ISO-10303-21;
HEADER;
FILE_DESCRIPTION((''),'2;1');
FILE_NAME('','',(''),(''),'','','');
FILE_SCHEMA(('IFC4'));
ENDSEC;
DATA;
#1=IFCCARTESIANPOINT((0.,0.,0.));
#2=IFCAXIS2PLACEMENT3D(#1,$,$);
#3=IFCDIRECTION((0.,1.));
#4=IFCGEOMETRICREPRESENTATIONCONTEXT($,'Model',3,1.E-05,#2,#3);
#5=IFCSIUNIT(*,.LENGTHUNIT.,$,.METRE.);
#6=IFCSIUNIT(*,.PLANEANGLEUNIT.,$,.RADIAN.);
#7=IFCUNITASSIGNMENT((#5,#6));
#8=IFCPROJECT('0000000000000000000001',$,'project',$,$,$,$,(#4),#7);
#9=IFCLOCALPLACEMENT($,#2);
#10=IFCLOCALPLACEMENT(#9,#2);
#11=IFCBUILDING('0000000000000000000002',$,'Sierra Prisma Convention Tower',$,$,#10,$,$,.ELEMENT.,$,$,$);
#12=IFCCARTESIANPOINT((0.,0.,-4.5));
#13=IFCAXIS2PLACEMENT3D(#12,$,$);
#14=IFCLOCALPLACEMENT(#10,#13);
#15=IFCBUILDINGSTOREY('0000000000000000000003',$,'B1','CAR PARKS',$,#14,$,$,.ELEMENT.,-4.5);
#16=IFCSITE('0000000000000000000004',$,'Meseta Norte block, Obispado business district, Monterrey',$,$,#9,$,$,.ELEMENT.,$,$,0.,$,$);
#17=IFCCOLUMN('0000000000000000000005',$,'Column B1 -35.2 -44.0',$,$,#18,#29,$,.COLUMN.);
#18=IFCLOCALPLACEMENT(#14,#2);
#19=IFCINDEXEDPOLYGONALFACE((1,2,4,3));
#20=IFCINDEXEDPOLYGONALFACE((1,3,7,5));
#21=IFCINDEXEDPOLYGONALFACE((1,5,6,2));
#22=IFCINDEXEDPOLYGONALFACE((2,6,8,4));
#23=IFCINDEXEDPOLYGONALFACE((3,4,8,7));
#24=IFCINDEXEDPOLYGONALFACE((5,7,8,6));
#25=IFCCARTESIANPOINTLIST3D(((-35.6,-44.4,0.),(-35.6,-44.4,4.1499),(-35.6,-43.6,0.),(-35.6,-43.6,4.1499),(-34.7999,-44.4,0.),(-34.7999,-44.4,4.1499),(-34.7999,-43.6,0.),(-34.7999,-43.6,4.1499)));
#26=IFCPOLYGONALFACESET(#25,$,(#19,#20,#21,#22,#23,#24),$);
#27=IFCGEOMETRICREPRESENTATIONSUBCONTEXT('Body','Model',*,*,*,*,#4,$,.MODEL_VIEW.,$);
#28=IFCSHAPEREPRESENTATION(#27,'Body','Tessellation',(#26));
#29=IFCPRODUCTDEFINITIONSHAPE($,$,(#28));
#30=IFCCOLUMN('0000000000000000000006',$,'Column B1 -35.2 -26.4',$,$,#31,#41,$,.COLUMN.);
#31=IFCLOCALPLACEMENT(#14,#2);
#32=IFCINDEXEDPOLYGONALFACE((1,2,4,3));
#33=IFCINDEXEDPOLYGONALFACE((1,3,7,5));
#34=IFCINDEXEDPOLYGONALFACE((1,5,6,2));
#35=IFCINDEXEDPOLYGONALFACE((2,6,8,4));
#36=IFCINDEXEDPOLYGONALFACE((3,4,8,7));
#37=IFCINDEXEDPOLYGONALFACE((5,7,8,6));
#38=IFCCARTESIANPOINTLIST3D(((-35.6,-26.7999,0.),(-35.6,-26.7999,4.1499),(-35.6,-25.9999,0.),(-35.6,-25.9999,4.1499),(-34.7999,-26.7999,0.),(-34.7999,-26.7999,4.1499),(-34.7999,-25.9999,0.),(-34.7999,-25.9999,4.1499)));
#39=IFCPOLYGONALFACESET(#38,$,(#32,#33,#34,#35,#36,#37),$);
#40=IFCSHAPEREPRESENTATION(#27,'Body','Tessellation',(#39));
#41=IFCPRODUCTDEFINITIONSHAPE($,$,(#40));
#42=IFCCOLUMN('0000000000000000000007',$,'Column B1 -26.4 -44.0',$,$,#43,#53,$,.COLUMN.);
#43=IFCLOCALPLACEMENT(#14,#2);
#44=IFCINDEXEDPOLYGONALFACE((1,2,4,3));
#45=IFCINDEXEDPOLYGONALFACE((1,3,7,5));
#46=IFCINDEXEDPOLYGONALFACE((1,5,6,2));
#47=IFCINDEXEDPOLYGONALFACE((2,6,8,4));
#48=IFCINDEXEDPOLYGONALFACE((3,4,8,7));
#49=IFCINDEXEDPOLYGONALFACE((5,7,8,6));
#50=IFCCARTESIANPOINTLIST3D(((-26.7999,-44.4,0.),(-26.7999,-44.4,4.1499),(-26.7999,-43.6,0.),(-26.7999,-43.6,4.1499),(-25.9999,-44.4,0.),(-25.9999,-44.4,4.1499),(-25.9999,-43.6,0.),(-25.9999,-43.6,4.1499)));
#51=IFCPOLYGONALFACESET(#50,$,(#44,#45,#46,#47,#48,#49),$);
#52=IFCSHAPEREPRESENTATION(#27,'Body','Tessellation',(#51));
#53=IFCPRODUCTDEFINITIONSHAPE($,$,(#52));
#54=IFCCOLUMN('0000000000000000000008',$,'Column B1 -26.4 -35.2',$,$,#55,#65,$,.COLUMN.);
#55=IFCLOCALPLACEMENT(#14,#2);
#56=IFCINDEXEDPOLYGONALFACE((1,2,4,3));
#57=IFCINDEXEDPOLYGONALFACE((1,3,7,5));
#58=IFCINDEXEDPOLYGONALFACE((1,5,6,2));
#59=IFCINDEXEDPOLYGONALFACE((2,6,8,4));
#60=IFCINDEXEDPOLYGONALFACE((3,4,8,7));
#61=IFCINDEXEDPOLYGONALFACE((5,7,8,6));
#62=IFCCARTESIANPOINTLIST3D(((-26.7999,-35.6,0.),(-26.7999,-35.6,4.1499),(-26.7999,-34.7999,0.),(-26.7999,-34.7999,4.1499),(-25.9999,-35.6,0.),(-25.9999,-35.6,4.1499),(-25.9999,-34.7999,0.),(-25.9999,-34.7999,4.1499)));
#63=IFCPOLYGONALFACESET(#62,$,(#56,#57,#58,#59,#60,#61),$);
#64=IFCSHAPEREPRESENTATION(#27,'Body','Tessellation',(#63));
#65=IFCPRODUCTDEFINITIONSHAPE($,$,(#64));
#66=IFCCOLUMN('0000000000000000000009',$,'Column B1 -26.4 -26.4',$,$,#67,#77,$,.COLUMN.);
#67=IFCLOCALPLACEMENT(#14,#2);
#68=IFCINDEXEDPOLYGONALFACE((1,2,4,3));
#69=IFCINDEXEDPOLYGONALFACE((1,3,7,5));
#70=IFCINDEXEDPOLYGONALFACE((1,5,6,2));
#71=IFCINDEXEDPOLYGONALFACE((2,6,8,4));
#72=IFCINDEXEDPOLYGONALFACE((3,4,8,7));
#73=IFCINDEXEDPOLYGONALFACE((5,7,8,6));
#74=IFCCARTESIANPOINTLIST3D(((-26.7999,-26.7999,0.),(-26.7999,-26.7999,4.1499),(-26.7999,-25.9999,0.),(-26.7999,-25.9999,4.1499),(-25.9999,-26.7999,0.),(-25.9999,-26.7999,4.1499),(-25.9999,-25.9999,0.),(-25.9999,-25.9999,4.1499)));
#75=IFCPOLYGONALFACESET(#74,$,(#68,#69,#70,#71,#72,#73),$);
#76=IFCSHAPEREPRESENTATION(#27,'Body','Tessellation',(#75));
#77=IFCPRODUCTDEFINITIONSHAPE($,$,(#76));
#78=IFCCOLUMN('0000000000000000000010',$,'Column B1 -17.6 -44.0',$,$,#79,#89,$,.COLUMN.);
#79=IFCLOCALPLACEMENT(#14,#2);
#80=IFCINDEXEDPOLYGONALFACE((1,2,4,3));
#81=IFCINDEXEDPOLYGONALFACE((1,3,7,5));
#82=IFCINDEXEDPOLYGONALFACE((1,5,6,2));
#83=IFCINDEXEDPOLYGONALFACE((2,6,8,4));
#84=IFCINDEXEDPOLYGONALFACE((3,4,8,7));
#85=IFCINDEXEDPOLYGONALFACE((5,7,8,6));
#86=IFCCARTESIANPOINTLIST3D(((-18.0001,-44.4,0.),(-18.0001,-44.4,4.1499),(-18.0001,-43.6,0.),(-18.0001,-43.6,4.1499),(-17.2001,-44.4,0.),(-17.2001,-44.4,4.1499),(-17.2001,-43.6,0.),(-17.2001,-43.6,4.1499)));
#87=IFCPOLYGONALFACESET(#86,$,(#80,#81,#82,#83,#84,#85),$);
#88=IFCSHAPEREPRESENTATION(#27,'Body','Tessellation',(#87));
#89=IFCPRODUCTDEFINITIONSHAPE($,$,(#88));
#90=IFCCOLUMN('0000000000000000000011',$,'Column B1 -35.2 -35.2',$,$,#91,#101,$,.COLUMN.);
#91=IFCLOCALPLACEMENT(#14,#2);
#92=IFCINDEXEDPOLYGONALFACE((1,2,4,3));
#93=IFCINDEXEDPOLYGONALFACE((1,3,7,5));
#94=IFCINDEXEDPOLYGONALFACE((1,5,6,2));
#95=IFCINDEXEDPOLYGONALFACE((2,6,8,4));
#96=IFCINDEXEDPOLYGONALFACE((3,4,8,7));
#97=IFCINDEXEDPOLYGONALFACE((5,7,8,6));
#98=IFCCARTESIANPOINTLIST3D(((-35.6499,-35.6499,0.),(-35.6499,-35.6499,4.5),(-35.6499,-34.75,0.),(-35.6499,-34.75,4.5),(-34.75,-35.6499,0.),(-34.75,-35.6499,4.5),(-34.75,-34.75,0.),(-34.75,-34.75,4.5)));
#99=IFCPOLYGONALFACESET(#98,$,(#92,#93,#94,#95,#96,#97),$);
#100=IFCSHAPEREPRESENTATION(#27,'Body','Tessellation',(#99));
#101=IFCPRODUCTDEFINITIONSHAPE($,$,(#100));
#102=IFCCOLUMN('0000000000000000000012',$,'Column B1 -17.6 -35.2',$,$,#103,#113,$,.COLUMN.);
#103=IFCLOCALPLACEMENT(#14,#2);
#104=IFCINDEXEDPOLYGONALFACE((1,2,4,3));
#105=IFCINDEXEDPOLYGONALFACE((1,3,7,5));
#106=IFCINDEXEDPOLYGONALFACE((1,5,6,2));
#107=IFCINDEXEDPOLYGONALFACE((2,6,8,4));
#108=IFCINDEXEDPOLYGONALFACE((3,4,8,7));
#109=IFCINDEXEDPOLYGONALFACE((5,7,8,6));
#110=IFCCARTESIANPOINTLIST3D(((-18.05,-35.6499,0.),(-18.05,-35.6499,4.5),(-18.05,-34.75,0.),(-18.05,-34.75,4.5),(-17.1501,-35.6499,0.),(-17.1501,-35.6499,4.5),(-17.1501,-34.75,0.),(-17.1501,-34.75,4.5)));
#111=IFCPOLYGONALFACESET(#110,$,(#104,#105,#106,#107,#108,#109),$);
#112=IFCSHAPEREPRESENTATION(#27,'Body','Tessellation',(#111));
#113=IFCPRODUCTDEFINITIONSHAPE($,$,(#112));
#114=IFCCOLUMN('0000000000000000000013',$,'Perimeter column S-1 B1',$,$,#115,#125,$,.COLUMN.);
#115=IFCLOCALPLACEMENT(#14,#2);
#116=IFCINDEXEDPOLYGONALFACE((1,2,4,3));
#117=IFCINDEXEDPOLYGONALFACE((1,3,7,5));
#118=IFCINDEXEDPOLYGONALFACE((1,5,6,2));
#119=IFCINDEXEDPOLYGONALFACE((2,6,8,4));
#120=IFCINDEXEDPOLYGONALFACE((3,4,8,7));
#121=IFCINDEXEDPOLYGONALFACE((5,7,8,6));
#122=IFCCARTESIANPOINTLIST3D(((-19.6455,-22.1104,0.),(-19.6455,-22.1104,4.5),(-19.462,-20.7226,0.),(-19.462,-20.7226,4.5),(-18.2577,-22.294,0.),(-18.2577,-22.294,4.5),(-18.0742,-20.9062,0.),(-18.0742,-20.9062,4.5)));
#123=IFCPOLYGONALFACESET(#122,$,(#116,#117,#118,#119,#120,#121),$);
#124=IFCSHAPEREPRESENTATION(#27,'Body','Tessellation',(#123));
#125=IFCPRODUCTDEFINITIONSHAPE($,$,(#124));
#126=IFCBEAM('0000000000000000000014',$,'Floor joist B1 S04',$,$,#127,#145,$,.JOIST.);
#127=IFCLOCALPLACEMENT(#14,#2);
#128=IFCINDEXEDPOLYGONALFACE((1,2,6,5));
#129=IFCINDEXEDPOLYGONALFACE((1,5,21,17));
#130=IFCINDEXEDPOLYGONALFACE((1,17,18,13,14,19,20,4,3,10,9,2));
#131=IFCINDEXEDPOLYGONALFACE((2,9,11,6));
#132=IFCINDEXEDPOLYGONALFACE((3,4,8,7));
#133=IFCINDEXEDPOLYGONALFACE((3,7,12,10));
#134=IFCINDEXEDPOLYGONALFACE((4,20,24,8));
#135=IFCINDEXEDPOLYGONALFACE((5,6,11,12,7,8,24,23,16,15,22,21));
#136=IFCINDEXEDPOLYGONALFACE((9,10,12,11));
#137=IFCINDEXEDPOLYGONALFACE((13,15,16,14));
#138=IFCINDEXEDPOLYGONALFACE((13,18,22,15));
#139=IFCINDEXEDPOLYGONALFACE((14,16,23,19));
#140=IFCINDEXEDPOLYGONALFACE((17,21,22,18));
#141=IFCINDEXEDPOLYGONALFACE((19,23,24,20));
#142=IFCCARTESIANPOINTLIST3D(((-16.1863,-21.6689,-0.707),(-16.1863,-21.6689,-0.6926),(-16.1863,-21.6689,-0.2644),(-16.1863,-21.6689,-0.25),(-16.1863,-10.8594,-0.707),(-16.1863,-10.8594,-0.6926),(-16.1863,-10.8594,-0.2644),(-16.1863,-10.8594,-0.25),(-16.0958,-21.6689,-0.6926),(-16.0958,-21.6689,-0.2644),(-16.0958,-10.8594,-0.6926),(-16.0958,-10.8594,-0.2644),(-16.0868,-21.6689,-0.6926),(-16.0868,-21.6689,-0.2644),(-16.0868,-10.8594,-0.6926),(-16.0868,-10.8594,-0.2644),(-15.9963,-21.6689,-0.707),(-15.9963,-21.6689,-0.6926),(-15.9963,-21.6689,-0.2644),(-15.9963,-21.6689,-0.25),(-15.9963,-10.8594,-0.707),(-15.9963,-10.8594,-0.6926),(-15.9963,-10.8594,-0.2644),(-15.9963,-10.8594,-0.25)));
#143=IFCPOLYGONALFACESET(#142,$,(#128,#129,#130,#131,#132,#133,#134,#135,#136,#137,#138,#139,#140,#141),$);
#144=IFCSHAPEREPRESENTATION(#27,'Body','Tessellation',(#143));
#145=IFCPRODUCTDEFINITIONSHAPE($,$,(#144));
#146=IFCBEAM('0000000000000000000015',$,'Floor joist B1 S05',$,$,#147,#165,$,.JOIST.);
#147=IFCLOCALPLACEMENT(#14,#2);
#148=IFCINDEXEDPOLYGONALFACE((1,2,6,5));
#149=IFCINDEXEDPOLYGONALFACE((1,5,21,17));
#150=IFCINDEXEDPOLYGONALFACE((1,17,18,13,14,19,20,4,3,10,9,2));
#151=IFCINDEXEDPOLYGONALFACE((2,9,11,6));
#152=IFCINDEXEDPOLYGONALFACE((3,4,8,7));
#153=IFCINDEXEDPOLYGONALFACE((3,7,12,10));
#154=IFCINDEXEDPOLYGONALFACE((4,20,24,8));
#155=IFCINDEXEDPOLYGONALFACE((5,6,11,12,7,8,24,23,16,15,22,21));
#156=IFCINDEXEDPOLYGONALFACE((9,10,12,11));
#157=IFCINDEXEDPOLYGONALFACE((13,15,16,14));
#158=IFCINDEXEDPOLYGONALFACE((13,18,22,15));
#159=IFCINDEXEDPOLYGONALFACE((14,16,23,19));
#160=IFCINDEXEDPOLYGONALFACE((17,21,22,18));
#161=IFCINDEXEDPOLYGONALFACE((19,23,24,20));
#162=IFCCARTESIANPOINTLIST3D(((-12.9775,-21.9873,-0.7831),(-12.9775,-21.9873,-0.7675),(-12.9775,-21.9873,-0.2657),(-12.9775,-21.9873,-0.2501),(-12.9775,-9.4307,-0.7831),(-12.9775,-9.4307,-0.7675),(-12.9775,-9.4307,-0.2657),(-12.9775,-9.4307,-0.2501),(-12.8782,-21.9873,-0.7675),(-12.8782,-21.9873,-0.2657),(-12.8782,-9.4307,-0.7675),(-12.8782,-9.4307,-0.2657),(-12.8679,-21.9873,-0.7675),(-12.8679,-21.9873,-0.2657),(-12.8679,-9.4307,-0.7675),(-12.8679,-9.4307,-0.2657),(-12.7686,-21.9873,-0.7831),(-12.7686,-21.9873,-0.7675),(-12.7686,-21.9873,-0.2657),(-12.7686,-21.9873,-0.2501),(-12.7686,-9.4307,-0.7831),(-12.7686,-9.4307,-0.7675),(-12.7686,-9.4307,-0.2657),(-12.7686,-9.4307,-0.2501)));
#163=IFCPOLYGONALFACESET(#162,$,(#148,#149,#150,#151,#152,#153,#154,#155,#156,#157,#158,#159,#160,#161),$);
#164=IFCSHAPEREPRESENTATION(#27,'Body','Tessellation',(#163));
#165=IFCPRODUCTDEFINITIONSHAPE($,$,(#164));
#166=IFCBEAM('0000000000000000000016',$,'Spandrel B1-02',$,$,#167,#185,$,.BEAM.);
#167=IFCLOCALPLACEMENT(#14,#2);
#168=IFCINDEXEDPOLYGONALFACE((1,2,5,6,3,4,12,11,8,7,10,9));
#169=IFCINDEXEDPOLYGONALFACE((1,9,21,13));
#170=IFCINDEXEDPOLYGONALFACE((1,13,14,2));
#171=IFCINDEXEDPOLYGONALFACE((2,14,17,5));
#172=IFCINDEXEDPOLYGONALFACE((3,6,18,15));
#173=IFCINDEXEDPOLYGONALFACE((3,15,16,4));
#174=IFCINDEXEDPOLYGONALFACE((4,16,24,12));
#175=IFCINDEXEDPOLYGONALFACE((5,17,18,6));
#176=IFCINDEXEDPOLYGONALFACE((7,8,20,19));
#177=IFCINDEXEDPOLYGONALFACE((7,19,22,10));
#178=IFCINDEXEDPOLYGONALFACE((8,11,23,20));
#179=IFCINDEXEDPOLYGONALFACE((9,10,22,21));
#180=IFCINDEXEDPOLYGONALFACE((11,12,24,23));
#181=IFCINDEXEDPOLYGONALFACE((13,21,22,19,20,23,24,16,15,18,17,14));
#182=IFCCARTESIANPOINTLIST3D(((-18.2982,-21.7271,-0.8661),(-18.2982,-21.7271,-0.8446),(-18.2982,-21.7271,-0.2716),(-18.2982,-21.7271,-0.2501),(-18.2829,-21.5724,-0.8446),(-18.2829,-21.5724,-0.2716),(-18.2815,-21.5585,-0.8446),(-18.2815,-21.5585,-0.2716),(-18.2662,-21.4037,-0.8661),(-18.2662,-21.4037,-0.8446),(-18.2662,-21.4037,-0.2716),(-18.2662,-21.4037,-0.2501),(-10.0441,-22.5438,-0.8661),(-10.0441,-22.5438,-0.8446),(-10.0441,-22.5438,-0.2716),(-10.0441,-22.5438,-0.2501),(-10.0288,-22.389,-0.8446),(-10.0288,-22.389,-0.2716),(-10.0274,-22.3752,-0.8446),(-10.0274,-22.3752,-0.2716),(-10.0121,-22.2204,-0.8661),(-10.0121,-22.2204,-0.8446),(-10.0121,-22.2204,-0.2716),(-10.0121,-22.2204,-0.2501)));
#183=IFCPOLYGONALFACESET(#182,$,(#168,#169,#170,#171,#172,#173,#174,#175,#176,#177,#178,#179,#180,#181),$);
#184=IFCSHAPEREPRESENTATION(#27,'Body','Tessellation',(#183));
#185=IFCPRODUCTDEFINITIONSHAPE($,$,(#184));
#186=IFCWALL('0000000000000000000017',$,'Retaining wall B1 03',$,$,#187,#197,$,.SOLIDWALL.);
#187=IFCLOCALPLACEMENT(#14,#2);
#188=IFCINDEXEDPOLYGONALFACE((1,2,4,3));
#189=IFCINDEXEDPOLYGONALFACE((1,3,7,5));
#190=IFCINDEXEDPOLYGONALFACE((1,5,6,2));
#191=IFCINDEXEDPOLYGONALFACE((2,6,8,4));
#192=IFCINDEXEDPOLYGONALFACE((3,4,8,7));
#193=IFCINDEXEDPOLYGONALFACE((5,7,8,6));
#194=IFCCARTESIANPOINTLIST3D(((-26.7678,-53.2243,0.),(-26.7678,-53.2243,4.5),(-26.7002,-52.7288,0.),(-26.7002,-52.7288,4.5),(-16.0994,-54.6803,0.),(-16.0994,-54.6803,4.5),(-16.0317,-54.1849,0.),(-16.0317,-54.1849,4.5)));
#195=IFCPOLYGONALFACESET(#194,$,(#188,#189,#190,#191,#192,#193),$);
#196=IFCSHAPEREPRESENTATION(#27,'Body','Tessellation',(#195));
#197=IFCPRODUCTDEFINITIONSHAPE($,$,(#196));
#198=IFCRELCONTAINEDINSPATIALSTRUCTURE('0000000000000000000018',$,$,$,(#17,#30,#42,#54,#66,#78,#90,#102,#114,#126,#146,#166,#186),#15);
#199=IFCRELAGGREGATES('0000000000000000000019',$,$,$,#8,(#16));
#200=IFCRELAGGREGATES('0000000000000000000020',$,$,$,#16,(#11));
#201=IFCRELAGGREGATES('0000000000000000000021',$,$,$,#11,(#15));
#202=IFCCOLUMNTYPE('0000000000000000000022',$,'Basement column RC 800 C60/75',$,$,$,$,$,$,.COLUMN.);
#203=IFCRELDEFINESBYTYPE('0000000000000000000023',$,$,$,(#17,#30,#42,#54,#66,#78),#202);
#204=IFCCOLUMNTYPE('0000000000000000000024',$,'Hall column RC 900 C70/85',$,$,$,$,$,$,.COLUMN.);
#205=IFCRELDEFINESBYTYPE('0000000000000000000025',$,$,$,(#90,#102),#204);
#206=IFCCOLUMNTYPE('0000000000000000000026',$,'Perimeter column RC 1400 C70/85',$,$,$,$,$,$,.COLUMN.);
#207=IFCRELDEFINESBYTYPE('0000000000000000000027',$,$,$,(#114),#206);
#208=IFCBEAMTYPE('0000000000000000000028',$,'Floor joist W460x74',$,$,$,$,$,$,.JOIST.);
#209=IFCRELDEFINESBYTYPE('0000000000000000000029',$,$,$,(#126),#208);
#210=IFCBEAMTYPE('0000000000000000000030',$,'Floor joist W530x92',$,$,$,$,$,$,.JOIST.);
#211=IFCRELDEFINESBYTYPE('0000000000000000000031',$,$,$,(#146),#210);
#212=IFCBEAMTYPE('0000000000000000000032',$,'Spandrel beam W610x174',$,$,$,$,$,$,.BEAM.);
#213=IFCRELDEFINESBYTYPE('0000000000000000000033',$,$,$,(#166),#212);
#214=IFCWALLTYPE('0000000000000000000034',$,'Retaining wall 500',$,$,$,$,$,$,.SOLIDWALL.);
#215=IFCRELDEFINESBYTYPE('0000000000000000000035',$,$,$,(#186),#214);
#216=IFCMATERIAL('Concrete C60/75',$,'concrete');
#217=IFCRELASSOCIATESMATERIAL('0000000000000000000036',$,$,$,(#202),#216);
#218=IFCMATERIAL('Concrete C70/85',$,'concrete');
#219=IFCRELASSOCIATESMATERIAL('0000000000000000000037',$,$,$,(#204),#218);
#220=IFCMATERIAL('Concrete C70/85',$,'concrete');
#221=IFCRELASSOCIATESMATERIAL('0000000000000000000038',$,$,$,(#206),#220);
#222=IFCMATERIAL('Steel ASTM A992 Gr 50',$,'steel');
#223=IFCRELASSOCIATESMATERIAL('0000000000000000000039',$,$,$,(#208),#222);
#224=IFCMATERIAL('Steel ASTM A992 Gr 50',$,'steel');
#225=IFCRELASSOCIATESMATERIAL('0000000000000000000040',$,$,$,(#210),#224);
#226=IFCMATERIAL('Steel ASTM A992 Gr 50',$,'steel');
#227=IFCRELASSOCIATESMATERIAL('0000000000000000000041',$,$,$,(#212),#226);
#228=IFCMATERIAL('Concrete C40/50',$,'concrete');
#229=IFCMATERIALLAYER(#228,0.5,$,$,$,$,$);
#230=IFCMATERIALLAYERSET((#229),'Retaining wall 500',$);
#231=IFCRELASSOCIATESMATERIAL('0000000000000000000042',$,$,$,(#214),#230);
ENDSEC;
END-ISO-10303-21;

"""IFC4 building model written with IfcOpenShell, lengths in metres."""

from ifc_helpers import new_model, si_unit, direction, frame, frame_2d, origin, origin_2d, place, context, subcontext, project, spatial, rectangle, i_section, extrude, material, layer, layer_set, material_profile, profile_set, type_object, element, save


model = new_model("IFC4")

# Units and contexts
model_context = context("Model", 3, precision=1e-05, world=origin(), true_north=direction((0.0, 1.0)))
body_context = subcontext(model_context, "Body", "Model", "MODEL_VIEW")
ifc_project = project(units=[si_unit("LENGTHUNIT", "METRE"), si_unit("PLANEANGLEUNIT", "RADIAN")], contexts=[model_context])

# Site, building, storey
site_placement = place(None, origin())
site = spatial("IfcSite", under=ifc_project, at=site_placement, Name="Meseta Norte block, Obispado business district, Monterrey", CompositionType="ELEMENT", RefElevation=0.0)
building_placement = place(site_placement, origin())
building = spatial("IfcBuilding", under=site, at=building_placement, Name="Sierra Prisma Convention Tower", CompositionType="ELEMENT")
storey_placement = place(building_placement, frame((0.0, 0.0, -4.5)))
storey = spatial("IfcBuildingStorey", under=building, at=storey_placement, Name="B1", Description="CAR PARKS", CompositionType="ELEMENT", Elevation=-4.5)

# Columns
ifc_material_1 = material(Name="Concrete C60/75", Category="concrete")
ifc_material_profile_1 = material_profile(ifc_material_1, rectangle(XDim=0.8, YDim=0.8, at=origin_2d()), Name="Basement column RC 800 C60/75")
ifc_profile_set_1 = profile_set([ifc_material_profile_1], Name="Concrete C60/75")
column_type_1 = type_object("IfcColumnType", Name="Basement column RC 800 C60/75", PredefinedType="COLUMN", material=ifc_profile_set_1)
for number, where, z_axis, x_axis, name in (
    (1, (-35.2, -44.0, 0.0), (0.0, 0.0, 1.0), (1.0, 0.0, 0.0), "Column B1 -35.2 -44.0"),
    (2, (-35.2, -26.3999, 0.0), (0.0, 0.0, 1.0), (1.0, 0.0, 0.0), "Column B1 -35.2 -26.4"),
    (3, (-26.3999, -44.0, 0.0), (0.0, 0.0, 1.0), (1.0, 0.0, 0.0), "Column B1 -26.4 -44.0"),
    (4, (-26.3999, -35.2, 0.0), (0.0, 0.0, 1.0), (1.0, 0.0, 0.0), "Column B1 -26.4 -35.2"),
    (5, (-26.3999, -26.3999, 0.0), (0.0, 0.0, 1.0), (1.0, 0.0, 0.0), "Column B1 -26.4 -26.4"),
    (6, (-17.6001, -44.0, 0.0), (0.0, 0.0, 1.0), (1.0, 0.0, 0.0), "Column B1 -17.6 -44.0"),
):
    element("IfcColumn", number, at=place(storey_placement, frame(where, z_axis=z_axis, x_axis=x_axis)), inside=storey, type_object=column_type_1, Name=name, PredefinedType="COLUMN", context=body_context, shape_type="SweptSolid", body=[
        extrude(rectangle(XDim=0.8, YDim=0.8, at=origin_2d()), origin(), (0.0, 0.0, 1.0), 4.1499),
    ])
ifc_material_2 = material(Name="Concrete C70/85", Category="concrete")
ifc_material_profile_2 = material_profile(ifc_material_2, rectangle(XDim=0.8999, YDim=0.8999, at=origin_2d()), Name="Hall column RC 900 C70/85")
ifc_profile_set_2 = profile_set([ifc_material_profile_2], Name="Concrete C70/85")
column_type_2 = type_object("IfcColumnType", Name="Hall column RC 900 C70/85", PredefinedType="COLUMN", material=ifc_profile_set_2)
for number, where, z_axis, x_axis, name in (
    (7, (-35.2, -35.2, 0.0), (0.0, 0.0, 1.0), (1.0, 0.0, 0.0), "Column B1 -35.2 -35.2"),
    (8, (-17.6001, -35.2, 0.0), (0.0, 0.0, 1.0), (1.0, 0.0, 0.0), "Column B1 -17.6 -35.2"),
):
    element("IfcColumn", number, at=place(storey_placement, frame(where, z_axis=z_axis, x_axis=x_axis)), inside=storey, type_object=column_type_2, Name=name, PredefinedType="COLUMN", context=body_context, shape_type="SweptSolid", body=[
        extrude(rectangle(XDim=0.8999, YDim=0.8999, at=origin_2d()), origin(), (0.0, 0.0, 1.0), 4.5),
    ])
ifc_material_3 = material(Name="Concrete C70/85", Category="concrete")
ifc_material_profile_3 = material_profile(ifc_material_3, rectangle(XDim=1.3999, YDim=1.3999, at=origin_2d()), Name="Perimeter column RC 1400 C70/85")
ifc_profile_set_3 = profile_set([ifc_material_profile_3], Name="Concrete C70/85")
column_type_3 = type_object("IfcColumnType", Name="Perimeter column RC 1400 C70/85", PredefinedType="COLUMN", material=ifc_profile_set_3)
column_placement = place(storey_placement, frame((-18.8599, -21.5083, 0.0), z_axis=(0.0, 0.0, 1.0), x_axis=(-0.991367, 0.131115, 0.0)))
element("IfcColumn", 9, at=column_placement, inside=storey, type_object=column_type_3, Name="Perimeter column S-1 B1", PredefinedType="COLUMN", context=body_context, shape_type="SweptSolid", body=[
    extrude(rectangle(XDim=1.3999, YDim=1.3999, at=origin_2d()), origin(), (0.0, 0.0, 1.0), 4.5),
])

# Beams
ifc_material_4 = material(Name="Steel ASTM A992 Gr 50", Category="steel")
ifc_material_profile_4 = material_profile(ifc_material_4, i_section(OverallWidth=0.1899, OverallDepth=0.457, WebThickness=0.009, FlangeThickness=0.0144, at=origin_2d()), Name="W460x74")
ifc_profile_set_4 = profile_set([ifc_material_profile_4], Name="Steel ASTM A992 Gr 50")
beam_type_1 = type_object("IfcBeamType", Name="Floor joist W460x74", PredefinedType="JOIST", material=ifc_profile_set_4)
beam_1_placement = place(storey_placement, frame((-16.0913, -21.6689, -0.4785), z_axis=(0.0, 1.0, 0.0), x_axis=(-1.0, 0.0, 0.0)))
element("IfcBeam", 10, at=beam_1_placement, inside=storey, type_object=beam_type_1, Name="Floor joist B1 S04", PredefinedType="JOIST", context=body_context, shape_type="SweptSolid", body=[
    extrude(i_section(OverallWidth=0.1899, OverallDepth=0.457, WebThickness=0.009, FlangeThickness=0.0144, at=origin_2d()), origin(), (0.0, 0.0, 1.0), 10.8096),
])
ifc_material_5 = material(Name="Steel ASTM A992 Gr 50", Category="steel")
ifc_material_profile_5 = material_profile(ifc_material_5, i_section(OverallWidth=0.209, OverallDepth=0.533, WebThickness=0.0103, FlangeThickness=0.0156, at=origin_2d()), Name="W530x92")
ifc_profile_set_5 = profile_set([ifc_material_profile_5], Name="Steel ASTM A992 Gr 50")
beam_type_2 = type_object("IfcBeamType", Name="Floor joist W530x92", PredefinedType="JOIST", material=ifc_profile_set_5)
beam_2_placement = place(storey_placement, frame((-12.873, -21.9873, -0.5166), z_axis=(0.0, 1.0, 0.0), x_axis=(-1.0, 0.0, 0.0)))
element("IfcBeam", 11, at=beam_2_placement, inside=storey, type_object=beam_type_2, Name="Floor joist B1 S05", PredefinedType="JOIST", context=body_context, shape_type="SweptSolid", body=[
    extrude(i_section(OverallWidth=0.209, OverallDepth=0.533, WebThickness=0.0103, FlangeThickness=0.0156, at=origin_2d()), origin(), (0.0, 0.0, 1.0), 12.5566),
])
ifc_material_6 = material(Name="Steel ASTM A992 Gr 50", Category="steel")
ifc_material_profile_6 = material_profile(ifc_material_6, i_section(OverallWidth=0.325, OverallDepth=0.616, WebThickness=0.0139, FlangeThickness=0.0215, at=origin_2d()), Name="W610x174")
ifc_profile_set_6 = profile_set([ifc_material_profile_6], Name="Steel ASTM A992 Gr 50")
beam_type_3 = type_object("IfcBeamType", Name="Spandrel beam W610x174", PredefinedType="BEAM", material=ifc_profile_set_6)
beam_3_placement = place(storey_placement, frame((-18.2822, -21.5654, -0.5581), z_axis=(0.995141, -0.098457, 0.0), x_axis=(0.098457, 0.995141, 0.0)))
element("IfcBeam", 12, at=beam_3_placement, inside=storey, type_object=beam_type_3, Name="Spandrel B1-02", PredefinedType="BEAM", context=body_context, shape_type="SweptSolid", body=[
    extrude(i_section(OverallWidth=0.325, OverallDepth=0.616, WebThickness=0.0139, FlangeThickness=0.0215, at=origin_2d()), origin(), (0.0, 0.0, 1.0), 8.2944),
])

# Wall
ifc_material_7 = material(Name="Concrete C40/50", Category="concrete")
ifc_layer = layer(ifc_material_7, 0.5)
ifc_layer_set = layer_set([ifc_layer], Name="Retaining wall 500")
wall_type = type_object("IfcWallType", Name="Retaining wall 500", PredefinedType="SOLIDWALL", material=ifc_layer_set)
wall_1_placement = place(storey_placement, frame((-16.0654, -54.4326, 0.0), z_axis=(0.0, 0.0, 1.0), x_axis=(-0.990814, 0.135229, 0.0)))
element("IfcWall", 13, at=wall_1_placement, inside=storey, type_object=wall_type, Name="Retaining wall B1 03", PredefinedType="SOLIDWALL", context=body_context, shape_type="SweptSolid", body=[
    extrude(rectangle(XDim=10.7673, YDim=0.5, at=frame_2d((5.3838, 0.0))), origin(), (0.0, 0.0, 1.0), 4.5),
])

save(model, "model.ifc")
